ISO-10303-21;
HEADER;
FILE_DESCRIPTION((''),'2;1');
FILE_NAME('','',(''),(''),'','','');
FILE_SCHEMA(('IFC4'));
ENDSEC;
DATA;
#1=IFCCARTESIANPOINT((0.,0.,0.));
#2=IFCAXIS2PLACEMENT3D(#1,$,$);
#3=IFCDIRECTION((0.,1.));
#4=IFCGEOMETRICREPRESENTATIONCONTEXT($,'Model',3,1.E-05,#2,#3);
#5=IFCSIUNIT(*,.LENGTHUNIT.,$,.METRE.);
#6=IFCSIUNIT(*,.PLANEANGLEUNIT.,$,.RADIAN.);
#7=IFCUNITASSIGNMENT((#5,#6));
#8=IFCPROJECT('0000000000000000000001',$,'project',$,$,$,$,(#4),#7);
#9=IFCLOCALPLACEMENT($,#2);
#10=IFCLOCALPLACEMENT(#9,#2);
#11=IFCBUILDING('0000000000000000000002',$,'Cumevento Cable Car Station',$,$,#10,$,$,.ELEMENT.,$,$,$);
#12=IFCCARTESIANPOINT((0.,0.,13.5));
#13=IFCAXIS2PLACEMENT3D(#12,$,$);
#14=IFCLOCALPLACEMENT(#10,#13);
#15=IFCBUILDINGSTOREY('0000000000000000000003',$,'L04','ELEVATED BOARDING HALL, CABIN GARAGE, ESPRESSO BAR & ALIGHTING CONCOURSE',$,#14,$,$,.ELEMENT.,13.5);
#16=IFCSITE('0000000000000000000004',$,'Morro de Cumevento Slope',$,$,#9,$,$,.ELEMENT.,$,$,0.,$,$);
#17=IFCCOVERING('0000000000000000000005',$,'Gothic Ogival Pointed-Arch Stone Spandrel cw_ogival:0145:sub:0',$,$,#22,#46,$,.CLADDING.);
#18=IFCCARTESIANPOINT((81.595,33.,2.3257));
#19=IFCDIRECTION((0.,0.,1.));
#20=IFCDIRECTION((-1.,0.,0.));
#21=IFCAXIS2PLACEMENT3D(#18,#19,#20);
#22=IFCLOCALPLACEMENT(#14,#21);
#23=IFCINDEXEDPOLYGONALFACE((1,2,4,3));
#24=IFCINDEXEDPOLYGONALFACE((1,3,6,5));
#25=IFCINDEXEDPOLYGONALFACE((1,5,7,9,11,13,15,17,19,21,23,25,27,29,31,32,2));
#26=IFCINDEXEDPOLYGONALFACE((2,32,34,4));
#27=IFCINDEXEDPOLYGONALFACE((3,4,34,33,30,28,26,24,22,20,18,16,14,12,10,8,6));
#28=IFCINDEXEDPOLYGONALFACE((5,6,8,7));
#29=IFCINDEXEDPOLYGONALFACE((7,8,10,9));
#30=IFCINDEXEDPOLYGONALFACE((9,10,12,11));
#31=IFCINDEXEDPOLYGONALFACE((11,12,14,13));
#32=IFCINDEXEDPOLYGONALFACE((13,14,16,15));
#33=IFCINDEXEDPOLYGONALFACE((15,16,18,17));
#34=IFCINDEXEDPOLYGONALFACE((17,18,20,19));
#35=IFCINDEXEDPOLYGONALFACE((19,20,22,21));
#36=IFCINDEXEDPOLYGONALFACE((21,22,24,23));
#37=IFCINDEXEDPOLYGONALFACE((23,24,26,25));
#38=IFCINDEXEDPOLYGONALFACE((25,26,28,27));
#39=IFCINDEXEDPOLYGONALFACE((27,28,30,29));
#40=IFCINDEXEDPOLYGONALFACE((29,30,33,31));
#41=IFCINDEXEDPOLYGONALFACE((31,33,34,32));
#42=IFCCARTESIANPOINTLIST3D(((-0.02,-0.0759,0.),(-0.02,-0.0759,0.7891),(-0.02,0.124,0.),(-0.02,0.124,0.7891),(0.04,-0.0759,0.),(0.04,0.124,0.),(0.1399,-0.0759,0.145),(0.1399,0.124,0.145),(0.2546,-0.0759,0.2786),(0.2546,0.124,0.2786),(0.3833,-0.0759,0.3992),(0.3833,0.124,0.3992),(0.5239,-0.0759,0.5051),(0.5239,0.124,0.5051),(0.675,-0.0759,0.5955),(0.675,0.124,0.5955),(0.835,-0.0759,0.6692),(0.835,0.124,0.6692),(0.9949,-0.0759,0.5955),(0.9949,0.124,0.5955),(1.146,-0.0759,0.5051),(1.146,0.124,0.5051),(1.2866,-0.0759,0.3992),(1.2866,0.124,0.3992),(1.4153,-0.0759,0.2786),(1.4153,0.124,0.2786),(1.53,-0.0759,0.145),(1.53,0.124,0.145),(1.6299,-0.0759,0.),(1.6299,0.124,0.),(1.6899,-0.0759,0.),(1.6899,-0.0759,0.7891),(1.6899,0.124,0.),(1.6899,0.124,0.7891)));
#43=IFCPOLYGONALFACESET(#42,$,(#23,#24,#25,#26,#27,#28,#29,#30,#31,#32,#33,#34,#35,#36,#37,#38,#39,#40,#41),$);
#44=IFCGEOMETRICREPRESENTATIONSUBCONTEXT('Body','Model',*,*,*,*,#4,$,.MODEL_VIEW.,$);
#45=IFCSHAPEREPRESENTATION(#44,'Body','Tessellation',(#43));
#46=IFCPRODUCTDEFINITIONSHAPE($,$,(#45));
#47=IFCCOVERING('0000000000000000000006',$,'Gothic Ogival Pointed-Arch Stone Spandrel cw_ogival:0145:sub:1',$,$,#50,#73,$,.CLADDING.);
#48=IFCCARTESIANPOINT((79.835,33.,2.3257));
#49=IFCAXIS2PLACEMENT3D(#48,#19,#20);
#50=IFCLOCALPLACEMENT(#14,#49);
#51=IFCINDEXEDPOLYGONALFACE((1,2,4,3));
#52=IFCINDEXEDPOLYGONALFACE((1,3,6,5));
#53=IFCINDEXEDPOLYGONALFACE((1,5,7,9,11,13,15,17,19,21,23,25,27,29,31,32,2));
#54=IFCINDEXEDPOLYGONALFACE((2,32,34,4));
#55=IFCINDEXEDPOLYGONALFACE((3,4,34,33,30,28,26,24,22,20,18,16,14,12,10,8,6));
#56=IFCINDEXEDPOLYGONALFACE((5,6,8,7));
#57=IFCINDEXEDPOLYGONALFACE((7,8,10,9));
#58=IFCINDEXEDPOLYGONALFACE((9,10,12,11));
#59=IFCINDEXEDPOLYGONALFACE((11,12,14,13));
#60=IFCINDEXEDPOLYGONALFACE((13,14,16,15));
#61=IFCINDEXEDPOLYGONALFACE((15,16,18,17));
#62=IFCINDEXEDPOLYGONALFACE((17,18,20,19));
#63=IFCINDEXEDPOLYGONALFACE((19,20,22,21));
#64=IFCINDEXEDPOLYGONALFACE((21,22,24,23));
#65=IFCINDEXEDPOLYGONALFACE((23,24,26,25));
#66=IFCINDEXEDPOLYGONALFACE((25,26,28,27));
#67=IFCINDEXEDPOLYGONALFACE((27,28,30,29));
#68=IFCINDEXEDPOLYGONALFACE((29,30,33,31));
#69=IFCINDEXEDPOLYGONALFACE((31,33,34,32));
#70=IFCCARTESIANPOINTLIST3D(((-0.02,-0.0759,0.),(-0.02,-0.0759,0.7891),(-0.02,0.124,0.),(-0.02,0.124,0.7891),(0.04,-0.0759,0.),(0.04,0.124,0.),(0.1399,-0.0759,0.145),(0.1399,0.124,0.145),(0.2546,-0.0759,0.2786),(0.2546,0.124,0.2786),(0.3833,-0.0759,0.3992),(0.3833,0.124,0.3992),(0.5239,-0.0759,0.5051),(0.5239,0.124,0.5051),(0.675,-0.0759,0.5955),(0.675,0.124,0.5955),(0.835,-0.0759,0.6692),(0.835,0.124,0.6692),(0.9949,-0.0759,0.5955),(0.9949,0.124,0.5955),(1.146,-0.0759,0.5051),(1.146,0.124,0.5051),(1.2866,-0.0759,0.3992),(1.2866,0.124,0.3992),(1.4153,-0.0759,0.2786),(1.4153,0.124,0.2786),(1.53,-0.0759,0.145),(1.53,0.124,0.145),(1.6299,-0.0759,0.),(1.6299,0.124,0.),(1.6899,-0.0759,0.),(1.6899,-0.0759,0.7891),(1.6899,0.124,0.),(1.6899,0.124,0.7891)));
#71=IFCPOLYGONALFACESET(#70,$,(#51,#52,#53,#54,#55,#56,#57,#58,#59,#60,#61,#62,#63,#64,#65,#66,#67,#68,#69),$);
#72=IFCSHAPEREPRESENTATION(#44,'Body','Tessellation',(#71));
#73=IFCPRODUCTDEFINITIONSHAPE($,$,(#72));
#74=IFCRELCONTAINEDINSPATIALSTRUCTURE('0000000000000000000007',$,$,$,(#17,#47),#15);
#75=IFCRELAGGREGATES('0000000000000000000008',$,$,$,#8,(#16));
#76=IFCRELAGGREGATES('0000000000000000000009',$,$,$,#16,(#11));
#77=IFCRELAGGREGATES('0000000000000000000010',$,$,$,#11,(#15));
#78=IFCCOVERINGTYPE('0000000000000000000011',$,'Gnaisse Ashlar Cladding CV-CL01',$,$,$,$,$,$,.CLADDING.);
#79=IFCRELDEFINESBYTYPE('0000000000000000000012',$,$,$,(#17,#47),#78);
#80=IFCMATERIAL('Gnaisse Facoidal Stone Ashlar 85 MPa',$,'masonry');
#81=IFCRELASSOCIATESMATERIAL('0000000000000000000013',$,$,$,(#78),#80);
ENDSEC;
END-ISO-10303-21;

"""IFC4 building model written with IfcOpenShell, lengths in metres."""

from ifc_helpers import new_model, si_unit, direction, frame, origin, place, context, subcontext, project, spatial, polyline, outline, extrude, material, type_object, element, save


model = new_model("IFC4")

# Units and contexts
model_context = context("Model", 3, precision=1e-05, world=origin(), true_north=direction((0.0, 1.0)))
body_context = subcontext(model_context, "Body", "Model", "MODEL_VIEW")
ifc_project = project(units=[si_unit("LENGTHUNIT", "METRE"), si_unit("PLANEANGLEUNIT", "RADIAN")], contexts=[model_context])

# Site, building, storey
site_placement = place(None, origin())
site = spatial("IfcSite", under=ifc_project, at=site_placement, Name="Morro de Cumevento Slope", CompositionType="ELEMENT", RefElevation=0.0)
building_placement = place(site_placement, origin())
building = spatial("IfcBuilding", under=site, at=building_placement, Name="Cumevento Cable Car Station", CompositionType="ELEMENT")
storey_placement = place(building_placement, frame((0.0, 0.0, 13.5)))
storey = spatial("IfcBuildingStorey", under=building, at=storey_placement, Name="L04", Description="ELEVATED BOARDING HALL, CABIN GARAGE, ESPRESSO BAR & ALIGHTING CONCOURSE", CompositionType="ELEMENT", Elevation=13.5)

# Coverings
ifc_material_1 = material(Name="Gnaisse Facoidal Stone Ashlar 85 MPa", Category="masonry")
covering_type = type_object("IfcCoveringType", Name="Gnaisse Ashlar Cladding CV-CL01", PredefinedType="CLADDING", material=ifc_material_1)
for number, where, z_axis, x_axis, name in (
    (1, (81.595, 33.0, 2.3257), (0.0, 0.0, 1.0), (-1.0, 0.0, 0.0), "Gothic Ogival Pointed-Arch Stone Spandrel cw_ogival:0145:sub:0"),
    (2, (79.835, 33.0, 2.3257), (0.0, 0.0, 1.0), (-1.0, 0.0, 0.0), "Gothic Ogival Pointed-Arch Stone Spandrel cw_ogival:0145:sub:1"),
):
    element("IfcCovering", number, at=place(storey_placement, frame(where, z_axis=z_axis, x_axis=x_axis)), inside=storey, type_object=covering_type, Name=name, PredefinedType="CLADDING", context=body_context, shape_type="SweptSolid", body=[
        extrude(outline(polyline([(-0.02, 0.0), (-0.02, 0.7891), (1.6899, 0.7891), (1.6899, 0.0), (1.6299, 0.0), (1.53, 0.145), (1.4153, 0.2786), (1.2866, 0.3992), (1.146, 0.5051), (0.9949, 0.5955), (0.835, 0.6692), (0.675, 0.5955), (0.5239, 0.5051), (0.3833, 0.3992), (0.2546, 0.2786), (0.1399, 0.145), (0.04, 0.0), (-0.02, 0.0)])), frame((0.0, 0.124, 0.0), z_axis=(0.0, -1.0, 0.0), x_axis=(1.0, 0.0, 0.0)), (0.0, 0.0, 1.0), 0.2),
    ])

save(model, "model.ifc")
